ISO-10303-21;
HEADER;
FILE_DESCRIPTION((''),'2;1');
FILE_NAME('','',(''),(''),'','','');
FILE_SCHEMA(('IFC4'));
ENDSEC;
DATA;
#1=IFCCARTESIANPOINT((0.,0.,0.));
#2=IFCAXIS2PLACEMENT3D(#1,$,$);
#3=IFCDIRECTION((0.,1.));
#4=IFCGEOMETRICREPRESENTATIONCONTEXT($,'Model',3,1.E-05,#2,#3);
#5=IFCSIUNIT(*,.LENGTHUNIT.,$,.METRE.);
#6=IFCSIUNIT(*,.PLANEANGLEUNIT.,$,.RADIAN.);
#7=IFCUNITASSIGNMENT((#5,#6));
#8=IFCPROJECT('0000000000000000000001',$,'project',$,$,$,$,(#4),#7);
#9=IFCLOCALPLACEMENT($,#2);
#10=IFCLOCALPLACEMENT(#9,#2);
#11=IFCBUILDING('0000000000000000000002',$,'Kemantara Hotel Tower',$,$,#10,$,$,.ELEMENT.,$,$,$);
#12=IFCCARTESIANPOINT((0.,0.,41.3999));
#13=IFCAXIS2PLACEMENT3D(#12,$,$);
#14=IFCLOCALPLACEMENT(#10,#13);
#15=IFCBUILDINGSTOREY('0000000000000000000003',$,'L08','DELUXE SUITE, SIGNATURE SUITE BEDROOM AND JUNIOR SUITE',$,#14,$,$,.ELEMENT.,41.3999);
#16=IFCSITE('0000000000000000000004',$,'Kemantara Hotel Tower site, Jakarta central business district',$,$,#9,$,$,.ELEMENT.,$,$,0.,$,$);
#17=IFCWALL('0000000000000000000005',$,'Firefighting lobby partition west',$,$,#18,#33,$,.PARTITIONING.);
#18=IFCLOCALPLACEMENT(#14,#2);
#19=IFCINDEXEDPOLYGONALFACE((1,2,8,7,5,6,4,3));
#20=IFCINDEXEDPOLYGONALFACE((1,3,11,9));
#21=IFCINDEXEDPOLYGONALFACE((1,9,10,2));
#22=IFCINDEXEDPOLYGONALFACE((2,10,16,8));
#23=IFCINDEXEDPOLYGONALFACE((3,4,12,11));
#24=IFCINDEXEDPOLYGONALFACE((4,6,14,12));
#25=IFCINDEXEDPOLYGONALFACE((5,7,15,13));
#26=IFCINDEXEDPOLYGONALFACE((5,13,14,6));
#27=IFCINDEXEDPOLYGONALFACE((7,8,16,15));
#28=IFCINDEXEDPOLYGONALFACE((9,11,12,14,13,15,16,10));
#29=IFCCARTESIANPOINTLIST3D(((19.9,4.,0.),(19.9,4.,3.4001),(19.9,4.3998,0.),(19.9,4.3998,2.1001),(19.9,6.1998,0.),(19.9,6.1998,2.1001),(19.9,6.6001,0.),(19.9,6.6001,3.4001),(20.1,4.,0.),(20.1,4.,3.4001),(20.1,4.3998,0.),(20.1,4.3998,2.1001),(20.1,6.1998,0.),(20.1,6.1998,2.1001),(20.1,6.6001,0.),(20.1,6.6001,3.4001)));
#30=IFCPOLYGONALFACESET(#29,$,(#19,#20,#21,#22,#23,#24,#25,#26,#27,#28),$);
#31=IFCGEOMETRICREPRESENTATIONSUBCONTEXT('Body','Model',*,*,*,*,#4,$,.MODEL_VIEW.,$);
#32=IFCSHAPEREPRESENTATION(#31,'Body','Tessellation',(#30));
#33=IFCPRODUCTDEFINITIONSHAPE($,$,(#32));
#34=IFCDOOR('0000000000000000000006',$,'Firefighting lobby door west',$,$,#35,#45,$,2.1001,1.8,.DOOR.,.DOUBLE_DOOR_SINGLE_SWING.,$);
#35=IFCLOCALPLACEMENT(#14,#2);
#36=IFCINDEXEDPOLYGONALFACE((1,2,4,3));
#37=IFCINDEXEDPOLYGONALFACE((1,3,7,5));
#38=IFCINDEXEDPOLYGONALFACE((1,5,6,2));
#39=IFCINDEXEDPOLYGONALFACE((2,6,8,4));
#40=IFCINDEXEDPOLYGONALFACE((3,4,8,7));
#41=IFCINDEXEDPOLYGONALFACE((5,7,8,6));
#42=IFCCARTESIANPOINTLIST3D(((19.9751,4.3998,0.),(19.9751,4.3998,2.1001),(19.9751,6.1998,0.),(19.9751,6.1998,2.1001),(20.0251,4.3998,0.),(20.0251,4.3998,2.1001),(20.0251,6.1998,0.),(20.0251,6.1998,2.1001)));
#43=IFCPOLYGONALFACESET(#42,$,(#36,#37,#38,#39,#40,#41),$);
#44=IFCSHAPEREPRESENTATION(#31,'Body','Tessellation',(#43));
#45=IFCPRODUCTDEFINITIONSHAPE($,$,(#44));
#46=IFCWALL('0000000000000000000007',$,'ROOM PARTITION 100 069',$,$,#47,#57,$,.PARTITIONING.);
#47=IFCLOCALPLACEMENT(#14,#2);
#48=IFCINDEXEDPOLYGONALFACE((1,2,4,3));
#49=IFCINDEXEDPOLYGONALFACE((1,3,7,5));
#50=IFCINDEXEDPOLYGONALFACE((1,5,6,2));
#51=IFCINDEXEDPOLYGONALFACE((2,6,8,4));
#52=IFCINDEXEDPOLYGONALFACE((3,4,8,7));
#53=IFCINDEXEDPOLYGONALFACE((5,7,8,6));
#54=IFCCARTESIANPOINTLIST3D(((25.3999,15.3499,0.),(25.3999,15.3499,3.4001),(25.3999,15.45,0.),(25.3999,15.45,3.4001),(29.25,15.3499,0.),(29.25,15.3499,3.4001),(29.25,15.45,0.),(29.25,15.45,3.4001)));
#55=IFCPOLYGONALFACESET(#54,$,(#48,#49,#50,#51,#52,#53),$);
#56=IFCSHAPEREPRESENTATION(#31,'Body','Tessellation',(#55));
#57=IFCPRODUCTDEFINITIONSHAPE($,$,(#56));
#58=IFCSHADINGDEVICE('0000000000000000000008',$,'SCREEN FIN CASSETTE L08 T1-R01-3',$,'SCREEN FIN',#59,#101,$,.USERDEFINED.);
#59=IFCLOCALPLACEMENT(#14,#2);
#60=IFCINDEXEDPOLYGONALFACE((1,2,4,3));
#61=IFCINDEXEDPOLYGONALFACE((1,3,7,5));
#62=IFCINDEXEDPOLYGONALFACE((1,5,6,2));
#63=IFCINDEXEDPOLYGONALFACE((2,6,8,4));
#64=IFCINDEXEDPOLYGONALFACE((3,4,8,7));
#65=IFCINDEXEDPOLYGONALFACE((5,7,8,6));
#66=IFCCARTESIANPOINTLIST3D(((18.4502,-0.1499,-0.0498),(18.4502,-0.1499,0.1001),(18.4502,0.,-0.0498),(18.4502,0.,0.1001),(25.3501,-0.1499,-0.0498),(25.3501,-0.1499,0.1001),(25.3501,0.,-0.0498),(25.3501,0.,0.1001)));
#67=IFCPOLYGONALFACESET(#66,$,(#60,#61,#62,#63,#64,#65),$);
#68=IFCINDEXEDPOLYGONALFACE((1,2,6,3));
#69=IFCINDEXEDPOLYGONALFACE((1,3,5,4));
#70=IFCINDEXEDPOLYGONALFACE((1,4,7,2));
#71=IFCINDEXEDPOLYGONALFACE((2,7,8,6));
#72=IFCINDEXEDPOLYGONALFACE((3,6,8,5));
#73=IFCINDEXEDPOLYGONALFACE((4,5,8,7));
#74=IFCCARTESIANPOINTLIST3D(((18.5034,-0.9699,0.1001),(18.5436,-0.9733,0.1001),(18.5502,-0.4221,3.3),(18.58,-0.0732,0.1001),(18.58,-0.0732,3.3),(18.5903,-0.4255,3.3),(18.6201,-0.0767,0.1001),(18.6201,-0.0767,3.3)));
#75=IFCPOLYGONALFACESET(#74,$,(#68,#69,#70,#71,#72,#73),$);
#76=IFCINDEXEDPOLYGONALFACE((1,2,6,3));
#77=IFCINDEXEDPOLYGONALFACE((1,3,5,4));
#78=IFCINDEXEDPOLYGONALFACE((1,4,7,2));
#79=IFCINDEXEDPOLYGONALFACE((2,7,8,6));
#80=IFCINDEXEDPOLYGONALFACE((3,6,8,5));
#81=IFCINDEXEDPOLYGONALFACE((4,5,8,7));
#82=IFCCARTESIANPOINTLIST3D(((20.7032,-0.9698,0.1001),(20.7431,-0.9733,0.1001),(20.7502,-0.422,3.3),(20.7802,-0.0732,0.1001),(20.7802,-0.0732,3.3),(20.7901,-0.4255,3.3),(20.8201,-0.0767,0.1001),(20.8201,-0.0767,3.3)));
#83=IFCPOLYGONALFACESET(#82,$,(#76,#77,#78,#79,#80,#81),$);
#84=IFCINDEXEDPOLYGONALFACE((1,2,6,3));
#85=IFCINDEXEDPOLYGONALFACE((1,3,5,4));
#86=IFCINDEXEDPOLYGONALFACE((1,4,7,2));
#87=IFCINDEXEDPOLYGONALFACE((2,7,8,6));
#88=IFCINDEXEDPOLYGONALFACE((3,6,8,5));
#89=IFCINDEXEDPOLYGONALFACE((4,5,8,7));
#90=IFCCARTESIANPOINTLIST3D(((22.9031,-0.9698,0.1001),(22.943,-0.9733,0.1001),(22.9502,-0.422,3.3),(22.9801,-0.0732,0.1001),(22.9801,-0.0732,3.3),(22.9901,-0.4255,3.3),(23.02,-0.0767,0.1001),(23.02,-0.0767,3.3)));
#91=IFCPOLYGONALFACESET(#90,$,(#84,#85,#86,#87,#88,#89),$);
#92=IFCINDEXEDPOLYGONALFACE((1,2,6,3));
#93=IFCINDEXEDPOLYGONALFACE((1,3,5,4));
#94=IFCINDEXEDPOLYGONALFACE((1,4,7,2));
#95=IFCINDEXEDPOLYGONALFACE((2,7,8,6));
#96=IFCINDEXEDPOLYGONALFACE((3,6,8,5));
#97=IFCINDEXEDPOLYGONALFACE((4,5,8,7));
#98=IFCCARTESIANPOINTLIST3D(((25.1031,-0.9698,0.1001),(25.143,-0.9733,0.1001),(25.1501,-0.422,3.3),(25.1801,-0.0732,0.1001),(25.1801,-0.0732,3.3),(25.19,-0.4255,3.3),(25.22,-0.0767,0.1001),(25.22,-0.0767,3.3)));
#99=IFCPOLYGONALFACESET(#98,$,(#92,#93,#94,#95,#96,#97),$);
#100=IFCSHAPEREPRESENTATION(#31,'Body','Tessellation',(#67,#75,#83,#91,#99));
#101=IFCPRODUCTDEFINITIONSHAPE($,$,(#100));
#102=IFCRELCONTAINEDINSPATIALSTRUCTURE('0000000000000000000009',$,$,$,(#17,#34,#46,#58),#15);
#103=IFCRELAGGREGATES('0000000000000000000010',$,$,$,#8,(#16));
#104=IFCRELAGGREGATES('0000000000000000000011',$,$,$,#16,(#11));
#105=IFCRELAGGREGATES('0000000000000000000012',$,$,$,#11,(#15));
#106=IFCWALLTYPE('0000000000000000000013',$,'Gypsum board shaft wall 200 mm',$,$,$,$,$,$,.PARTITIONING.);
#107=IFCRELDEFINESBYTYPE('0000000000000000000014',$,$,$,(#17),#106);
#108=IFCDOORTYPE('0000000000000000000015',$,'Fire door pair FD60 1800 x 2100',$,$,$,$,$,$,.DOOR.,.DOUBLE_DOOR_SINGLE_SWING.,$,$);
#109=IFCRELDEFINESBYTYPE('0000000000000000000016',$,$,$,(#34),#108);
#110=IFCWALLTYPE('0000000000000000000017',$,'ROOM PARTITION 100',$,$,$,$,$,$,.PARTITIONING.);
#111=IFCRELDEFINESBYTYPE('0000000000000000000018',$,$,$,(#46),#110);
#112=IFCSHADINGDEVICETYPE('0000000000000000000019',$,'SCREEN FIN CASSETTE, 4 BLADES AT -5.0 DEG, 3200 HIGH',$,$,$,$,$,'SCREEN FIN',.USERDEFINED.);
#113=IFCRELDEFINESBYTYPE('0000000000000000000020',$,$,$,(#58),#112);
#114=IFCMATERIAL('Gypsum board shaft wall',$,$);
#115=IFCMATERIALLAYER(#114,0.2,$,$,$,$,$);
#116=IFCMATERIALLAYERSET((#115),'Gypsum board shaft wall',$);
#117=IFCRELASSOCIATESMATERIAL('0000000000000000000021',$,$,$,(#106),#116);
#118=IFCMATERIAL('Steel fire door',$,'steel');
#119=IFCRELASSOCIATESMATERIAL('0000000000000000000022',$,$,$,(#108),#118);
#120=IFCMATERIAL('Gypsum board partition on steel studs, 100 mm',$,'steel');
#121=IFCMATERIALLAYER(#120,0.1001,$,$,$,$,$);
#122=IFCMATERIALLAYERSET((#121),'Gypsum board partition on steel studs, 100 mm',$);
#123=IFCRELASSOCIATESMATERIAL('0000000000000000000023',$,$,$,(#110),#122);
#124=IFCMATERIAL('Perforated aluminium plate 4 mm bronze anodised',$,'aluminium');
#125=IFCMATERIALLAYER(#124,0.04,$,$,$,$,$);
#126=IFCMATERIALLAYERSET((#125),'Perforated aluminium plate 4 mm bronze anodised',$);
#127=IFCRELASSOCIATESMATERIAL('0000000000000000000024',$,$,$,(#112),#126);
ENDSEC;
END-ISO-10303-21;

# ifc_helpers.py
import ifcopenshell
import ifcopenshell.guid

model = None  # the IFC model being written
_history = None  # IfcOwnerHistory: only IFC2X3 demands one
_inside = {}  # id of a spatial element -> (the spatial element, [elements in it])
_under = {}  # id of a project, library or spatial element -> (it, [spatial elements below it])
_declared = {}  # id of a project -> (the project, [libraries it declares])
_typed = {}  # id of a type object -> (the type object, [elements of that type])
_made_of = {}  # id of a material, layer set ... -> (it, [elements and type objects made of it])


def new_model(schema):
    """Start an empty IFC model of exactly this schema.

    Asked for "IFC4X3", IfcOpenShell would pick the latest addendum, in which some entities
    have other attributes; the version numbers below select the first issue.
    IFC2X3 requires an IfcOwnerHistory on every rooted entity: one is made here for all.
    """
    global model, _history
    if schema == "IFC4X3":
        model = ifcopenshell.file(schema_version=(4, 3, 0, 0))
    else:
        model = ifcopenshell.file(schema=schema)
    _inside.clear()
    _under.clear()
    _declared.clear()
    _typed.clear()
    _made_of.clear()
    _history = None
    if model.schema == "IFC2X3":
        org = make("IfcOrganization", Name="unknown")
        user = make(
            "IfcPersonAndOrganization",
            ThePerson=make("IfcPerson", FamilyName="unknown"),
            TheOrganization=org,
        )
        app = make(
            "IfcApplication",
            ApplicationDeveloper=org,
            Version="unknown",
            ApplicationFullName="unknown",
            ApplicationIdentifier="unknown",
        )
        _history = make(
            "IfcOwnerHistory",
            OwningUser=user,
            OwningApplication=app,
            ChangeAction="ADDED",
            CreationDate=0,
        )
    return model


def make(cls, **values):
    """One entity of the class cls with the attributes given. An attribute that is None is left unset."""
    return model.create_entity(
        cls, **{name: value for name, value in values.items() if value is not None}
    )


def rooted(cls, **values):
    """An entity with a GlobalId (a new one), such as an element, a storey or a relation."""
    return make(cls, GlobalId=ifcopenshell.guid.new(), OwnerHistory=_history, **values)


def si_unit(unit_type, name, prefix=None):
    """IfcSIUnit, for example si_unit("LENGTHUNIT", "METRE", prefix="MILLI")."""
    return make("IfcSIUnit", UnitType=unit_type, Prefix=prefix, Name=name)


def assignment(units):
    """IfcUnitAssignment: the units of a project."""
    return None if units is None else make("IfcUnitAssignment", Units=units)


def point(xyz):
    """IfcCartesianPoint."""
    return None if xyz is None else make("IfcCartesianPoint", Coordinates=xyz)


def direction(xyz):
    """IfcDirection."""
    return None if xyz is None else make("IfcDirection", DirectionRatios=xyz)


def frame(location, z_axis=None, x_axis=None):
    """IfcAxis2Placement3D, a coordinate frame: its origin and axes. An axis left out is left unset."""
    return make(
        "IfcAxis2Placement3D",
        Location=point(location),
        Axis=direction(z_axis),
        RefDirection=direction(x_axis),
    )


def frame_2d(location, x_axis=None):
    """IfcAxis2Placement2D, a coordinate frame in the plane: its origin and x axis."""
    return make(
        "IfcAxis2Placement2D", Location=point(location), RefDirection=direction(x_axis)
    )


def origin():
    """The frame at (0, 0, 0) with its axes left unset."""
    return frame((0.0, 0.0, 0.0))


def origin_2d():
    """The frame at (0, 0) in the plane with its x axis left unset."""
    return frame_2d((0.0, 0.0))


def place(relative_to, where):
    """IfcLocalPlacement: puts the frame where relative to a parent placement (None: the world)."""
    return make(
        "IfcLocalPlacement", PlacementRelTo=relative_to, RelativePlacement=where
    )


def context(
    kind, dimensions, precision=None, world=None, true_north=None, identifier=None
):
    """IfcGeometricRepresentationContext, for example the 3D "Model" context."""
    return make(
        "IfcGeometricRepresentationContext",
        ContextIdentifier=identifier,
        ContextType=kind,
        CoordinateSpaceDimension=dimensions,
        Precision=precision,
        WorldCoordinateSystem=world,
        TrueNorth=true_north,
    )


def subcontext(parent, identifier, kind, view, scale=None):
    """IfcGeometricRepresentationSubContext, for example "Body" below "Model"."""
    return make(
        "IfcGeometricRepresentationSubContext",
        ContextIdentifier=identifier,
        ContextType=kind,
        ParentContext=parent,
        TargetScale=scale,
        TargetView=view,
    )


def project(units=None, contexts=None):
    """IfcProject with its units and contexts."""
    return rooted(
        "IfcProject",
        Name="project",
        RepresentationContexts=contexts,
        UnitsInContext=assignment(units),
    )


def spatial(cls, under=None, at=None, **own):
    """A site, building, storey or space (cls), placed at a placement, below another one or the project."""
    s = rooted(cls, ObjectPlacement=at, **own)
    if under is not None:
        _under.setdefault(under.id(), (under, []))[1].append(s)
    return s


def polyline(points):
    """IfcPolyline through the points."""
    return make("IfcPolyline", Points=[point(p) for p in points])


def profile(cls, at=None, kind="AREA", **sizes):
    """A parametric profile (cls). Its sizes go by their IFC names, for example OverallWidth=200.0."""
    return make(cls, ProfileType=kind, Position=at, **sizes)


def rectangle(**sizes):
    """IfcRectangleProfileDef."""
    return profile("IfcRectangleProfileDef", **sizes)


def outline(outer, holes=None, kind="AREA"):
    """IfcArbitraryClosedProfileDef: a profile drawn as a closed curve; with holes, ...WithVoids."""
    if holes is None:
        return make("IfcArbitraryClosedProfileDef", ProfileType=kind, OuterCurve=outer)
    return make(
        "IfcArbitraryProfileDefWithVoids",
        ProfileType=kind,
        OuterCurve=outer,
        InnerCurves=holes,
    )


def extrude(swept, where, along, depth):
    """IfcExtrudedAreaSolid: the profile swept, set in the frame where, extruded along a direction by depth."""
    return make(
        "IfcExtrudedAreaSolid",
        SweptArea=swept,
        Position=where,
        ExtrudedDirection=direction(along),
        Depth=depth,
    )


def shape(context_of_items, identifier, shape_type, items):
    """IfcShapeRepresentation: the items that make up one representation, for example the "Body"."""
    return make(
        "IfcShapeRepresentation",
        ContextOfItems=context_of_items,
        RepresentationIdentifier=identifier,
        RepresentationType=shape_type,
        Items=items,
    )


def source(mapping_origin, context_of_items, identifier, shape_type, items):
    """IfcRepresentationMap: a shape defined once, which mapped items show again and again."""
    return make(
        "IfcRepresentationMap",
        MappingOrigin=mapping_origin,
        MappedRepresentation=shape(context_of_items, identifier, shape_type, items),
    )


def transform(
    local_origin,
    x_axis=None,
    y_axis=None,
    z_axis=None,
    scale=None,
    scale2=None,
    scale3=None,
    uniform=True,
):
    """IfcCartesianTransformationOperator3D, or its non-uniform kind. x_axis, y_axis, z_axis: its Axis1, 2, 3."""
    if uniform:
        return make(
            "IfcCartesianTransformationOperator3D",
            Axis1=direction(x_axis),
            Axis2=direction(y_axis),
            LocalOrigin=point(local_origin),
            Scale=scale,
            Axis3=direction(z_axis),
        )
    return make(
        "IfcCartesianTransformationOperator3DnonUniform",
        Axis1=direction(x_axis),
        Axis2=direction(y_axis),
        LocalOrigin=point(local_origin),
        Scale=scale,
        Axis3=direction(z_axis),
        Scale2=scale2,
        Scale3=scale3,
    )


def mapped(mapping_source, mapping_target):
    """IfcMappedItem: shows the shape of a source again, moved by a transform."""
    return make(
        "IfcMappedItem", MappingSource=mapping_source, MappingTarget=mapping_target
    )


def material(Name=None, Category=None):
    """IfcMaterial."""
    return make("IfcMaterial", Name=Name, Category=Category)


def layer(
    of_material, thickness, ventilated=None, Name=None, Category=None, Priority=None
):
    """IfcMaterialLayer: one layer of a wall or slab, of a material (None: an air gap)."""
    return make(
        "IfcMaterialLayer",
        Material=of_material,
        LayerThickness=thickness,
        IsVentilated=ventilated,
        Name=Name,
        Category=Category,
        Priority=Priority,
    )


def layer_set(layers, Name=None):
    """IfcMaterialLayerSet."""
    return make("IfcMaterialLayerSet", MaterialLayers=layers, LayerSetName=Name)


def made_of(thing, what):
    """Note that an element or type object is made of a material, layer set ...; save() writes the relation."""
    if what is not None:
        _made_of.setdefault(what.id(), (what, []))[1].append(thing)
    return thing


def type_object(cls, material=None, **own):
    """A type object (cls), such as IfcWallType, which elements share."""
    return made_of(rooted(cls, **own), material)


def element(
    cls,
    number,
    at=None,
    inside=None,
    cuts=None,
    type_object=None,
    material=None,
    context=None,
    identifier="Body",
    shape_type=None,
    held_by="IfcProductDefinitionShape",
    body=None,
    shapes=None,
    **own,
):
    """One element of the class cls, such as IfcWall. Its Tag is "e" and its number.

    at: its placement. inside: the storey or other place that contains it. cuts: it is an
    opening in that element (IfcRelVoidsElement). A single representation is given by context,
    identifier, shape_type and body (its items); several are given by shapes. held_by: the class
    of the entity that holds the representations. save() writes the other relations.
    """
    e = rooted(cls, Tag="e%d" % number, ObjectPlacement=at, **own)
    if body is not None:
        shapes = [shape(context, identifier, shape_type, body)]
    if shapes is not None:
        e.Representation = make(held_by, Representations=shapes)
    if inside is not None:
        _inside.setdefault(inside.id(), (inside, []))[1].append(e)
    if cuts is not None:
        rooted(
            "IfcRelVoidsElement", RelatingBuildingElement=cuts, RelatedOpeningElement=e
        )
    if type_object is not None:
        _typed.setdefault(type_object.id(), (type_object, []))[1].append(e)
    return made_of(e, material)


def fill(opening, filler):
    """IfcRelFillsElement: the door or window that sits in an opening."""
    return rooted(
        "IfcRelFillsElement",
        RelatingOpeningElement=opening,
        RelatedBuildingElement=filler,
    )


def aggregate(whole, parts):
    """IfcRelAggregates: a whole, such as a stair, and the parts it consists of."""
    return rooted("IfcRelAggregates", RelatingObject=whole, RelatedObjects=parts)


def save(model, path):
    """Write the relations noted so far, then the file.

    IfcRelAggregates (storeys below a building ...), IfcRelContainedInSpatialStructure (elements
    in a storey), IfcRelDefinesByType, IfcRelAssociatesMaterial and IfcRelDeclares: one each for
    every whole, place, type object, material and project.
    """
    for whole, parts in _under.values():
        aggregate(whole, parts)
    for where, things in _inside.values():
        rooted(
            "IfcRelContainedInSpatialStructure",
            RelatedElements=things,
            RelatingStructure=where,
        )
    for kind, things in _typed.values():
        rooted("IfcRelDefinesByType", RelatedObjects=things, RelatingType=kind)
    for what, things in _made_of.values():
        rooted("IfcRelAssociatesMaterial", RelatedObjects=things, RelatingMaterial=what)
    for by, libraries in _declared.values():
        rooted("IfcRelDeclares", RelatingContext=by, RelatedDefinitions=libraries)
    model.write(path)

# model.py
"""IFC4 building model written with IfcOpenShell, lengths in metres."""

from ifc_helpers import new_model, si_unit, direction, frame, frame_2d, origin, origin_2d, place, context, subcontext, project, spatial, polyline, rectangle, outline, extrude, source, transform, mapped, material, layer, layer_set, type_object, element, fill, save


model = new_model("IFC4")

# Units and contexts
model_context = context("Model", 3, precision=1e-05, world=origin(), true_north=direction((0.0, 1.0)))
body_context = subcontext(model_context, "Body", "Model", "MODEL_VIEW")
ifc_project = project(units=[si_unit("LENGTHUNIT", "METRE"), si_unit("PLANEANGLEUNIT", "RADIAN")], contexts=[model_context])

# Site, building, storey
site_placement = place(None, origin())
site = spatial("IfcSite", under=ifc_project, at=site_placement, Name="Kemantara Hotel Tower site, Jakarta central business district", CompositionType="ELEMENT", RefElevation=0.0)
building_placement = place(site_placement, origin())
building = spatial("IfcBuilding", under=site, at=building_placement, Name="Kemantara Hotel Tower", CompositionType="ELEMENT")
storey_placement = place(building_placement, frame((0.0, 0.0, 41.3999)))
storey = spatial("IfcBuildingStorey", under=building, at=storey_placement, Name="L08", Description="DELUXE SUITE, SIGNATURE SUITE BEDROOM AND JUNIOR SUITE", CompositionType="ELEMENT", Elevation=41.3999)

# Shared definitions
ifc_material_1 = material(Name="Steel fire door", Category="steel")

# Wall, opening, door
ifc_material_2 = material(Name="Gypsum board shaft wall")
ifc_layer_1 = layer(ifc_material_2, 0.2)
ifc_layer_set_1 = layer_set([ifc_layer_1], Name="Gypsum board shaft wall")
wall_type_1 = type_object("IfcWallType", Name="Gypsum board shaft wall 200 mm", PredefinedType="PARTITIONING", material=ifc_layer_set_1)
wall_1_placement = place(storey_placement, frame((20.0, 4.0, 0.0), z_axis=(0.0, 0.0, 1.0), x_axis=(0.0, 1.0, 0.0)))
wall_1 = element("IfcWall", 1, at=wall_1_placement, inside=storey, type_object=wall_type_1, Name="Firefighting lobby partition west", PredefinedType="PARTITIONING", context=body_context, shape_type="SweptSolid", body=[
    extrude(rectangle(XDim=2.6001, YDim=0.2, at=frame_2d((1.3, 0.0))), origin(), (0.0, 0.0, 1.0), 3.4001),
])
opening_1_placement = place(wall_1_placement, frame((0.3999, 0.0, 0.0)))
opening_1 = element("IfcOpeningElement", 2, at=opening_1_placement, cuts=wall_1, PredefinedType="OPENING", context=body_context, shape_type="SweptSolid", body=[
    extrude(rectangle(XDim=1.8, YDim=2.1001, at=frame_2d((0.8999, 1.05))), frame((0.0, 0.1099, 0.0), z_axis=(0.0, -1.0, 0.0), x_axis=(1.0, 0.0, 0.0)), (0.0, 0.0, 1.0), 0.22),
])
door_type_1 = type_object("IfcDoorType", Name="Fire door pair FD60 1800 x 2100", OperationType="DOUBLE_DOOR_SINGLE_SWING", PredefinedType="DOOR", material=ifc_material_1)
door_1_placement = place(opening_1_placement, origin())
door_1 = element("IfcDoor", 3, at=door_1_placement, inside=storey, type_object=door_type_1, Name="Firefighting lobby door west", OperationType="DOUBLE_DOOR_SINGLE_SWING", OverallHeight=2.1001, OverallWidth=1.8, PredefinedType="DOOR", context=body_context, shape_type="SweptSolid", body=[
    extrude(rectangle(XDim=1.8, YDim=2.1001, at=frame_2d((0.8999, 1.05))), frame((0.0, 0.0249, 0.0), z_axis=(0.0, -1.0, 0.0), x_axis=(1.0, 0.0, 0.0)), (0.0, 0.0, 1.0), 0.05),
])
fill(opening_1, door_1)

# Wall
ifc_material_3 = material(Name="Gypsum board partition on steel studs, 100 mm", Category="steel")
ifc_layer_2 = layer(ifc_material_3, 0.1001)
ifc_layer_set_2 = layer_set([ifc_layer_2], Name="Gypsum board partition on steel studs, 100 mm")
wall_type_2 = type_object("IfcWallType", Name="ROOM PARTITION 100", PredefinedType="PARTITIONING", material=ifc_layer_set_2)
wall_2_placement = place(storey_placement, frame((25.3999, 15.3999, 0.0), z_axis=(0.0, 0.0, 1.0), x_axis=(1.0, 0.0, 0.0)))
element("IfcWall", 4, at=wall_2_placement, inside=storey, type_object=wall_type_2, Name="ROOM PARTITION 100 069", PredefinedType="PARTITIONING", context=body_context, shape_type="SweptSolid", body=[
    extrude(rectangle(XDim=3.8501, YDim=0.1001, at=frame_2d((1.925, 0.0))), origin(), (0.0, 0.0, 1.0), 3.4001),
])

# Shading device
ifc_material_4 = material(Name="Perforated aluminium plate 4 mm bronze anodised", Category="aluminium")
ifc_layer_3 = layer(ifc_material_4, 0.04)
ifc_layer_set_3 = layer_set([ifc_layer_3], Name="Perforated aluminium plate 4 mm bronze anodised")
shading_device_type = type_object("IfcShadingDeviceType", Name="SCREEN FIN CASSETTE, 4 BLADES AT -5.0 DEG, 3200 HIGH", ElementType="SCREEN FIN", PredefinedType="USERDEFINED", material=ifc_layer_set_3)
shared_shape = source(origin(), body_context, "Body", "SweptSolid", [
    extrude(rectangle(XDim=6.8999, YDim=0.1499, at=origin_2d()), frame((3.3, -0.075, -0.1499), z_axis=(0.0, 0.0, 1.0), x_axis=(1.0, 0.0, 0.0)), (0.0, 0.0, 1.0), 0.1499),
    extrude(outline(polyline([(0.0, 0.0), (0.8999, 0.0), (0.3501, 3.2), (0.0, 3.2), (0.0, 0.0)])), frame((0.02, -0.0767, 0.0), z_axis=(-0.996376, 0.085056, 0.0), x_axis=(-0.085056, -0.996376, 0.0)), (0.0, 0.0, 1.0), 0.0403),
    extrude(outline(polyline([(0.0, 0.0), (0.8999, 0.0), (0.3501, 3.2), (0.0, 3.2), (0.0, 0.0)])), frame((2.22, -0.0767, 0.0), z_axis=(-0.996332, 0.085575, 0.0), x_axis=(-0.085575, -0.996332, 0.0)), (0.0, 0.0, 1.0), 0.04),
    extrude(outline(polyline([(0.0, 0.0), (0.8999, 0.0), (0.3501, 3.2), (0.0, 3.2), (0.0, 0.0)])), frame((4.4199, -0.0767, 0.0), z_axis=(-0.996332, 0.085575, 0.0), x_axis=(-0.085575, -0.996332, 0.0)), (0.0, 0.0, 1.0), 0.04),
    extrude(outline(polyline([(0.0, 0.0), (0.8999, 0.0), (0.3501, 3.2), (0.0, 3.2), (0.0, 0.0)])), frame((6.6199, -0.0767, 0.0), z_axis=(-0.996332, 0.085575, 0.0), x_axis=(-0.085575, -0.996332, 0.0)), (0.0, 0.0, 1.0), 0.04),
])
shading_device_placement = place(storey_placement, frame((18.6001, 0.0, 0.1001), z_axis=(0.0, 0.0, 1.0), x_axis=(1.0, 0.0, 0.0)))
element("IfcShadingDevice", 5, at=shading_device_placement, inside=storey, type_object=shading_device_type, Name="SCREEN FIN CASSETTE L08 T1-R01-3", ObjectType="SCREEN FIN", PredefinedType="USERDEFINED", context=body_context, shape_type="MappedRepresentation", body=[
    mapped(shared_shape, transform((0.0, 0.0, 0.0))),
])

save(model, "model.ifc")
